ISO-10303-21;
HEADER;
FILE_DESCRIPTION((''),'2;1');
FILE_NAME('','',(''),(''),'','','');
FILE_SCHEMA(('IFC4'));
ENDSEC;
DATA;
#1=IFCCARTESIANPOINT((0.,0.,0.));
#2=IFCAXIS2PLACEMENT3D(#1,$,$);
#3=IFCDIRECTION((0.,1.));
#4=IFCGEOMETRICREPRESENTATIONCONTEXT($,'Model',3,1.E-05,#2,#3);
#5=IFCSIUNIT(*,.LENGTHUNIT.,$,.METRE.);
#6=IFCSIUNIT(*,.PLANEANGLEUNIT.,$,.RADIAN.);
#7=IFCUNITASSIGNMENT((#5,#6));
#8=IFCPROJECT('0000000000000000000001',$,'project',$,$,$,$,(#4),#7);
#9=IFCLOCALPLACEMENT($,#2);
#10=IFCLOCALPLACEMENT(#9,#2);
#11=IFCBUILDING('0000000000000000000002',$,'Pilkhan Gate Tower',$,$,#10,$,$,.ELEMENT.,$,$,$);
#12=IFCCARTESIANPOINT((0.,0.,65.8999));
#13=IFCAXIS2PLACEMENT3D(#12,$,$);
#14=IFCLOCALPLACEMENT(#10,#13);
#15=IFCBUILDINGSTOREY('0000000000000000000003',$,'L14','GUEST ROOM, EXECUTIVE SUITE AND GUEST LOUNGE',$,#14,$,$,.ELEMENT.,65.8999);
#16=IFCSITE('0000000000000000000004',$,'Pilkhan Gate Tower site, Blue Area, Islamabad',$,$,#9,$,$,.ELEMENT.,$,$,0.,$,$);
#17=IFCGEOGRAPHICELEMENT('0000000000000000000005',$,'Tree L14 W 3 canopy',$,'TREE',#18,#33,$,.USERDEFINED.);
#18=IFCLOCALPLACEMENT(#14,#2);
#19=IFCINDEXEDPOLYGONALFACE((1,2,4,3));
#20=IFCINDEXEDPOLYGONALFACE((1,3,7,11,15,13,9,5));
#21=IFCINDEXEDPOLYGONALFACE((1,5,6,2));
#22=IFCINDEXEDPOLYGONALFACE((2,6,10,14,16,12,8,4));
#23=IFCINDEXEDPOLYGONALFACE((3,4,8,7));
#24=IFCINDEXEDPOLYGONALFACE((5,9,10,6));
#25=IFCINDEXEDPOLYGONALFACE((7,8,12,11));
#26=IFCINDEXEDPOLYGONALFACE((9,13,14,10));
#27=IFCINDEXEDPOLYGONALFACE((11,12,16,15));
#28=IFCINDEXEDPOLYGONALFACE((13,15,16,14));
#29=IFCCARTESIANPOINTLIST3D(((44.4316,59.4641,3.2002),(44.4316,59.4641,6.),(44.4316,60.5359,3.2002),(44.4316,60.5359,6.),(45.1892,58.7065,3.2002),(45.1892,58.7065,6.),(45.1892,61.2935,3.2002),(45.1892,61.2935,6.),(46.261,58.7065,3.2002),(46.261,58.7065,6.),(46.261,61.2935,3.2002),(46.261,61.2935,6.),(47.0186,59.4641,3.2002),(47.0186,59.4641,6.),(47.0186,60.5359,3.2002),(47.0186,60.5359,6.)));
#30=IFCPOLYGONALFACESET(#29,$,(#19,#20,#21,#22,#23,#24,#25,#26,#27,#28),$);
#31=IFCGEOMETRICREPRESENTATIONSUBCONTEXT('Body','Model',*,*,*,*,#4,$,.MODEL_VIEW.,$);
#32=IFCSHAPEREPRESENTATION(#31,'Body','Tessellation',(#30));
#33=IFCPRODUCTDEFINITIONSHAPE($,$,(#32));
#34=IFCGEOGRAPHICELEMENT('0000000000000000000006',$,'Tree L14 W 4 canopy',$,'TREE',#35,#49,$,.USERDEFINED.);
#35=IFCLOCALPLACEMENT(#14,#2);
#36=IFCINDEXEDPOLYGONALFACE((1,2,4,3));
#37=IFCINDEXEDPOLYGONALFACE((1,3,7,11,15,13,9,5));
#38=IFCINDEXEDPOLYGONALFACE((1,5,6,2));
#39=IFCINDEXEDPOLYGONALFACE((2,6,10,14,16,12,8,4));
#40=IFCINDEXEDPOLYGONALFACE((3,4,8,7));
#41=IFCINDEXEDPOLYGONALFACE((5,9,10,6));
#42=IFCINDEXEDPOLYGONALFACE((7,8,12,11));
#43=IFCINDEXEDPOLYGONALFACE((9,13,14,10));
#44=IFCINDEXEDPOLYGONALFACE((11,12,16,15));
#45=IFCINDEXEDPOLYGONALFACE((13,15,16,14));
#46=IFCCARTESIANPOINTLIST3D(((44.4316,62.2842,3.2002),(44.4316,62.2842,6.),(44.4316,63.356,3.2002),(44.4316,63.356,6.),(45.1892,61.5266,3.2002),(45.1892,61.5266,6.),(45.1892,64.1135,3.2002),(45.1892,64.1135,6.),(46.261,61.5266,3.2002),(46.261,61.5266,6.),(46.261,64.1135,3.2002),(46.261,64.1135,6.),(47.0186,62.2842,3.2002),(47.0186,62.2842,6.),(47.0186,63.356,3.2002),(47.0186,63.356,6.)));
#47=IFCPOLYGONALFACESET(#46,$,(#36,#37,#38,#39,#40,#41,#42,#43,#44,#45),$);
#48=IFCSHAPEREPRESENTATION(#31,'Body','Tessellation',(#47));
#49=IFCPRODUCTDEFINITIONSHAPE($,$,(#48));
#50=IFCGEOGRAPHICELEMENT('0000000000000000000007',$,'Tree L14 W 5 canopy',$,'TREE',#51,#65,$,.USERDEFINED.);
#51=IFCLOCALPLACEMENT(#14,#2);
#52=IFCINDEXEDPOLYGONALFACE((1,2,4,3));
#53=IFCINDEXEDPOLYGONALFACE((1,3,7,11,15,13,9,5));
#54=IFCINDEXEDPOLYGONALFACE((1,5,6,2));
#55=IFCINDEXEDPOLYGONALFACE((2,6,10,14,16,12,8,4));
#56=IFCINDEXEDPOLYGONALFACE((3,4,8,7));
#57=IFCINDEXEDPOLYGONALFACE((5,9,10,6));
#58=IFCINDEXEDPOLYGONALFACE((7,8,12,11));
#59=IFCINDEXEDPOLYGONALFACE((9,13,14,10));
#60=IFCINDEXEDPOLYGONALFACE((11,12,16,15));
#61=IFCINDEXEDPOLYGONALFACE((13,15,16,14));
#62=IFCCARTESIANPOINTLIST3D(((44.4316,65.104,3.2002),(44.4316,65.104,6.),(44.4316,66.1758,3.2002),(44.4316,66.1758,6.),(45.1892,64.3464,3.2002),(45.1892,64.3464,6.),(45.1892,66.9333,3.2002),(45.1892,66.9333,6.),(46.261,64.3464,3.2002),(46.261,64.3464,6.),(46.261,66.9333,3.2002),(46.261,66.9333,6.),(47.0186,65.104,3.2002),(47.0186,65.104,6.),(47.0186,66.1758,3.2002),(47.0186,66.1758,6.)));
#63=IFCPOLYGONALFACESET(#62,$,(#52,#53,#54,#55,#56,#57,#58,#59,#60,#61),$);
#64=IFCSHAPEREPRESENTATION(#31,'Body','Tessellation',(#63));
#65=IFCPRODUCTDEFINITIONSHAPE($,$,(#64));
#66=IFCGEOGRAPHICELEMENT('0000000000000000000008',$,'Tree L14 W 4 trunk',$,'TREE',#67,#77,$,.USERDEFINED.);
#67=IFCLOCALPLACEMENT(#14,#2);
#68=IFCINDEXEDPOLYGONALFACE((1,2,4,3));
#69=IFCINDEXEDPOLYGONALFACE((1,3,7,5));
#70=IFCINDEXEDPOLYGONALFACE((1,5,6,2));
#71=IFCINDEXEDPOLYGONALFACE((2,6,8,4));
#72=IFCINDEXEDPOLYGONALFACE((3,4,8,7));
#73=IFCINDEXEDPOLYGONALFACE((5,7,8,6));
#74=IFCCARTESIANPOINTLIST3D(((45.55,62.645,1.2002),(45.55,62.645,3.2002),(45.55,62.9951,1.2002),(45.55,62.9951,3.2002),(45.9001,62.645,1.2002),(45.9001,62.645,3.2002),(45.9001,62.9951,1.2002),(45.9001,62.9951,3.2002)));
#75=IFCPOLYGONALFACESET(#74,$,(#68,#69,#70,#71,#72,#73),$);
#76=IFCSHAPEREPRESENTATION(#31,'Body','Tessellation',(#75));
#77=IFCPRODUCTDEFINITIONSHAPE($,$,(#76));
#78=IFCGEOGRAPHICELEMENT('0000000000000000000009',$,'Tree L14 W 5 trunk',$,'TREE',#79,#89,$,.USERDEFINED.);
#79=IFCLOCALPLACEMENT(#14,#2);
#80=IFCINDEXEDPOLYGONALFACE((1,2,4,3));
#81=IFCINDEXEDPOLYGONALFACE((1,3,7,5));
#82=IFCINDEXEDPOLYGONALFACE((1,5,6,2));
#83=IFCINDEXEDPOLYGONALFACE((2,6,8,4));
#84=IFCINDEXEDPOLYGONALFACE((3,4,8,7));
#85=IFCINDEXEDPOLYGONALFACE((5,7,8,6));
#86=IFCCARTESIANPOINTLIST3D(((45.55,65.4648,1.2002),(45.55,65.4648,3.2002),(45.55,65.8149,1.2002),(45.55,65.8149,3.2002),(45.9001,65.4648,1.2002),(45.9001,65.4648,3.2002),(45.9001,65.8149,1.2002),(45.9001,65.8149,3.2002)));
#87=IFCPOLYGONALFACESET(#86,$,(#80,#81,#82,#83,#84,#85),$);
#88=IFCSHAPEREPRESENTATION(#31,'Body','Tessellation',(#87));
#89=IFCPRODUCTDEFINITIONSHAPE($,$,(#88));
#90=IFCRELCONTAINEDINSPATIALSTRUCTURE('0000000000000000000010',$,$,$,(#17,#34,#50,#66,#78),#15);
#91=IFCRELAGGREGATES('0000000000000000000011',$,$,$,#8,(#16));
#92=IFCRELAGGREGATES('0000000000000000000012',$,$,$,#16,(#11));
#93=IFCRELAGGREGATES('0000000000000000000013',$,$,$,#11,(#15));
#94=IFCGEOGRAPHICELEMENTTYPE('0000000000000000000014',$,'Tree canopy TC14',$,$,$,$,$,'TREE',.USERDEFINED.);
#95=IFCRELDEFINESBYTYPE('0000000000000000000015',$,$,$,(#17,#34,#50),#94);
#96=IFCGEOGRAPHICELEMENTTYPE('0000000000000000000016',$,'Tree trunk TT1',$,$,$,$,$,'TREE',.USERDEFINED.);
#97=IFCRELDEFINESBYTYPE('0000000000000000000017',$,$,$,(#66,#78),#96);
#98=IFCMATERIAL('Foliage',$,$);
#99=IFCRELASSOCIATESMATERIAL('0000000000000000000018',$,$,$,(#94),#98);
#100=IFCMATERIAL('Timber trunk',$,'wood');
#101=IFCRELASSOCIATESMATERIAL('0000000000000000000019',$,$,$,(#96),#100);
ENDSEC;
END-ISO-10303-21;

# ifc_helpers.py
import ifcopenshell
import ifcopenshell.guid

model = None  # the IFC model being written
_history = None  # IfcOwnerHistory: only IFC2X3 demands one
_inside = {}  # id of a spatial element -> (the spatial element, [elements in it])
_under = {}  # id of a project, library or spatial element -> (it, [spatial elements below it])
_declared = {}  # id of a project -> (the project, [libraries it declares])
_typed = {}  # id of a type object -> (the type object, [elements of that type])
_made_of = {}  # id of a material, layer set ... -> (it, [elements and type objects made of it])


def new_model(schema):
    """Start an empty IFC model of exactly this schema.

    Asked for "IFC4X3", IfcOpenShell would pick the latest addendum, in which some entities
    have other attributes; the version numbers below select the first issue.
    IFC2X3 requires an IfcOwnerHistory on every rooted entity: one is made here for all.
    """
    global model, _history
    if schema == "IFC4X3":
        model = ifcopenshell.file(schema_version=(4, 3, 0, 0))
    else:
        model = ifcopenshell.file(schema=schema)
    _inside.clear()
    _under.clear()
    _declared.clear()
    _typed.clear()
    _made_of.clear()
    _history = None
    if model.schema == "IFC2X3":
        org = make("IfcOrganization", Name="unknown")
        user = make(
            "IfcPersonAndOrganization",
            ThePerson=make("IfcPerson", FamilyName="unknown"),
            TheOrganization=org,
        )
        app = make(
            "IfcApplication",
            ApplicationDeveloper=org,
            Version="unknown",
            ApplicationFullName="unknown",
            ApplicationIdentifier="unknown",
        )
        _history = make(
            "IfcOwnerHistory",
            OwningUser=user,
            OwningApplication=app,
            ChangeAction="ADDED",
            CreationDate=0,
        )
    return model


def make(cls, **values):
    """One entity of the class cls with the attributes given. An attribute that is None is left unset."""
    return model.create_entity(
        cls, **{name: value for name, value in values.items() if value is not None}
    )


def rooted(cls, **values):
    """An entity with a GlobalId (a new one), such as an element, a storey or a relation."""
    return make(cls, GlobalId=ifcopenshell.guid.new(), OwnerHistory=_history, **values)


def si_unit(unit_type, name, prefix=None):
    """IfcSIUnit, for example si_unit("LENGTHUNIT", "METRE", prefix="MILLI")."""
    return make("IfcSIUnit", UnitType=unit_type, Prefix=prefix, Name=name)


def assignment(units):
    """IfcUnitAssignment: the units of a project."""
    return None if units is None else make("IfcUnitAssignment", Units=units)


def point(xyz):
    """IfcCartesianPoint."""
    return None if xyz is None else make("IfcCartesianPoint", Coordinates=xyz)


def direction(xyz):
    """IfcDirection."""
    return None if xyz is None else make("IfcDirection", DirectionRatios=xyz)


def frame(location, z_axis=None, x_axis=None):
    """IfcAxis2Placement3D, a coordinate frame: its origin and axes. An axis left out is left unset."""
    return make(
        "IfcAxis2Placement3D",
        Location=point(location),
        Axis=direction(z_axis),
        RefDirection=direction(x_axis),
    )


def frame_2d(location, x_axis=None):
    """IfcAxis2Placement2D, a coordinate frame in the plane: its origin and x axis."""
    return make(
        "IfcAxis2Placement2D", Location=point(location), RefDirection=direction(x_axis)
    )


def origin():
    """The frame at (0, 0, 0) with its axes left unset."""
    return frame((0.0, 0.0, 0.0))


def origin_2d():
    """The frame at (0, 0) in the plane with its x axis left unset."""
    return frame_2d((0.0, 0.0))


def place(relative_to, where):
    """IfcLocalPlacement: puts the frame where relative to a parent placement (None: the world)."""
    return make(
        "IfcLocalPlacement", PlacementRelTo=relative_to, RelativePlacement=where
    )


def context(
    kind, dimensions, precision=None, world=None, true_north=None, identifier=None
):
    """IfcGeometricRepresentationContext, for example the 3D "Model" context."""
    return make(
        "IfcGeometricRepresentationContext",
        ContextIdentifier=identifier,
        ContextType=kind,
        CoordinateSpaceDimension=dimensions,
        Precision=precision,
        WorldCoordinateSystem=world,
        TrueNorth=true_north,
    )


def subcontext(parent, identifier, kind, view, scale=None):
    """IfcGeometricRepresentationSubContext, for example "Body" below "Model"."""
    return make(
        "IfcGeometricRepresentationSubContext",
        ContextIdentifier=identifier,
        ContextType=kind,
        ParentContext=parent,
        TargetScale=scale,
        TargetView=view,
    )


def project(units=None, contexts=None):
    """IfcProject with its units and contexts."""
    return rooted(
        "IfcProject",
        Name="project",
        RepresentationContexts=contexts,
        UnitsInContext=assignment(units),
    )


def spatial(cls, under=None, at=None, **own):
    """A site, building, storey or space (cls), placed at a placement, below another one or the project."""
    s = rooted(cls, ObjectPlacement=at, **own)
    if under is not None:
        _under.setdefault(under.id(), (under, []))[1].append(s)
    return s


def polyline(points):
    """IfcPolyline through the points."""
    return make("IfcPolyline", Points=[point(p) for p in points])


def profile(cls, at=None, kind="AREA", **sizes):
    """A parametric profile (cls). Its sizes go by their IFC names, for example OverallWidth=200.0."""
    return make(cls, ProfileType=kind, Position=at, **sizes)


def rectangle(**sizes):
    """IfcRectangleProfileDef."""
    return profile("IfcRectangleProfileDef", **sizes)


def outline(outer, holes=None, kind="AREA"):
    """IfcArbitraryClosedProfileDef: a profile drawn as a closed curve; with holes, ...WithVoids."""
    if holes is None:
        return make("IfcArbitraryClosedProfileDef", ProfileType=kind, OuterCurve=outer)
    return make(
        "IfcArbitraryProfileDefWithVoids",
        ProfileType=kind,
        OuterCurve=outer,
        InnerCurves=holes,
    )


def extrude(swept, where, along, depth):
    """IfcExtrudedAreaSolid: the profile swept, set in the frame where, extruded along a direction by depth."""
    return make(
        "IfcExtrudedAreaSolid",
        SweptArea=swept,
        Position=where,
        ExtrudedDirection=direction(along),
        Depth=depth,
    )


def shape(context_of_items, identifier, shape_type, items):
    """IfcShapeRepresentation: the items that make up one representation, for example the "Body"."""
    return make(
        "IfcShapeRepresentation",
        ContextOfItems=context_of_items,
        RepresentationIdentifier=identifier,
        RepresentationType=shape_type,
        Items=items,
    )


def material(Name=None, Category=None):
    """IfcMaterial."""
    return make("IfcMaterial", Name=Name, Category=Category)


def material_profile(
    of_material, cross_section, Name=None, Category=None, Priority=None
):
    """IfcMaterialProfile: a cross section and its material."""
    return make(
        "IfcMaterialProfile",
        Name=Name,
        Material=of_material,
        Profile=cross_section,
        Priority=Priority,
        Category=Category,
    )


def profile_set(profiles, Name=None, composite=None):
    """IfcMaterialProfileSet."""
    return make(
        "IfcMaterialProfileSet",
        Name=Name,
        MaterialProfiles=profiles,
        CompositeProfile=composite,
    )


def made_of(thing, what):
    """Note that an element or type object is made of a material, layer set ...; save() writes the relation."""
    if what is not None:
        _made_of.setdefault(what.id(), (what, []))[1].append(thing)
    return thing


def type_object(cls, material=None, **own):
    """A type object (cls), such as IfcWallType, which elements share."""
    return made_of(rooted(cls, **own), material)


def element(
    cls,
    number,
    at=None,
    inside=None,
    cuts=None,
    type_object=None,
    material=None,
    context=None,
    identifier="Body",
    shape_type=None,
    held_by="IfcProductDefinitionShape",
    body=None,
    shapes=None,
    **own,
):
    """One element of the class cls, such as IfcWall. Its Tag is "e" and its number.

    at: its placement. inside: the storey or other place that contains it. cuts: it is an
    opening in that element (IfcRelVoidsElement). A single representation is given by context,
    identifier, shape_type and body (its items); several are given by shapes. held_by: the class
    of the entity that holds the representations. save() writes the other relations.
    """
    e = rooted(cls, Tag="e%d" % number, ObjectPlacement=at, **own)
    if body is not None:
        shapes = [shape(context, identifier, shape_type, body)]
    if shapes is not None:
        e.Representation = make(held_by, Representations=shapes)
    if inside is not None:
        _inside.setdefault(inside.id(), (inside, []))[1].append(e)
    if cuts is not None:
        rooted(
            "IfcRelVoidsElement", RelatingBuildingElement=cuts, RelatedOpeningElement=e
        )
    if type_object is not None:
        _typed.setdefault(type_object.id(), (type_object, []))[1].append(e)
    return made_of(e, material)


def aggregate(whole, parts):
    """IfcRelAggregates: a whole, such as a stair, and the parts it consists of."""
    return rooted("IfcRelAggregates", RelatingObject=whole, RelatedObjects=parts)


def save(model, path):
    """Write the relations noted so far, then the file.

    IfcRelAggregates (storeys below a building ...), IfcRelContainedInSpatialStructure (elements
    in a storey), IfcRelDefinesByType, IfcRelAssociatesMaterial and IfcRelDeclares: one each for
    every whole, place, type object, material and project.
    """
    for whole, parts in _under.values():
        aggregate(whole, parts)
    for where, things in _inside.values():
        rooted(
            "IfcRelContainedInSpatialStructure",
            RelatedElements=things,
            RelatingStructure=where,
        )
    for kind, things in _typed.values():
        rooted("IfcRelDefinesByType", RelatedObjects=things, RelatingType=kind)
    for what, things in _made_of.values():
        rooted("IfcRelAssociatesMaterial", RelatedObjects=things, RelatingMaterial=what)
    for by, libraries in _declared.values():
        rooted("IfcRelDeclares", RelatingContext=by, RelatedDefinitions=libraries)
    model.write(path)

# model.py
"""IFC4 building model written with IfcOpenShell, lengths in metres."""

from ifc_helpers import new_model, si_unit, direction, frame, origin, origin_2d, place, context, subcontext, project, spatial, polyline, rectangle, outline, extrude, material, material_profile, profile_set, type_object, element, save


model = new_model("IFC4")

# Units and contexts
model_context = context("Model", 3, precision=1e-05, world=origin(), true_north=direction((0.0, 1.0)))
body_context = subcontext(model_context, "Body", "Model", "MODEL_VIEW")
ifc_project = project(units=[si_unit("LENGTHUNIT", "METRE"), si_unit("PLANEANGLEUNIT", "RADIAN")], contexts=[model_context])

# Site, building, storey
site_placement = place(None, origin())
site = spatial("IfcSite", under=ifc_project, at=site_placement, Name="Pilkhan Gate Tower site, Blue Area, Islamabad", CompositionType="ELEMENT", RefElevation=0.0)
building_placement = place(site_placement, origin())
building = spatial("IfcBuilding", under=site, at=building_placement, Name="Pilkhan Gate Tower", CompositionType="ELEMENT")
storey_placement = place(building_placement, frame((0.0, 0.0, 65.8999)))
storey = spatial("IfcBuildingStorey", under=building, at=storey_placement, Name="L14", Description="GUEST ROOM, EXECUTIVE SUITE AND GUEST LOUNGE", CompositionType="ELEMENT", Elevation=65.8999)

# Geographic elements
ifc_material_1 = material(Name="Foliage")
ifc_material_profile_1 = material_profile(ifc_material_1, outline(polyline([(1.2935, 0.5359), (0.5359, 1.2935), (-0.5359, 1.2935), (-1.2935, 0.5359), (-1.2935, -0.5359), (-0.5359, -1.2935), (0.5359, -1.2935), (1.2935, -0.5359), (1.2935, 0.5359)])), Name="Canopy D2.8")
ifc_profile_set_1 = profile_set([ifc_material_profile_1], Name="Foliage")
geographic_element_type_1 = type_object("IfcGeographicElementType", Name="Tree canopy TC14", ElementType="TREE", PredefinedType="USERDEFINED", material=ifc_profile_set_1)
for number, where, z_axis, x_axis, name in (
    (1, (45.7251, 60.0, 3.2002), (0.0, 0.0, 1.0), (1.0, 0.0, 0.0), "Tree L14 W 3 canopy"),
    (2, (45.7251, 62.8201, 3.2002), (0.0, 0.0, 1.0), (1.0, 0.0, 0.0), "Tree L14 W 4 canopy"),
    (3, (45.7251, 65.6399, 3.2002), (0.0, 0.0, 1.0), (1.0, 0.0, 0.0), "Tree L14 W 5 canopy"),
):
    element("IfcGeographicElement", number, at=place(storey_placement, frame(where, z_axis=z_axis, x_axis=x_axis)), inside=storey, type_object=geographic_element_type_1, Name=name, ObjectType="TREE", PredefinedType="USERDEFINED", context=body_context, shape_type="SweptSolid", body=[
        extrude(outline(polyline([(1.2935, 0.5359), (0.5359, 1.2935), (-0.5359, 1.2935), (-1.2935, 0.5359), (-1.2935, -0.5359), (-0.5359, -1.2935), (0.5359, -1.2935), (1.2935, -0.5359), (1.2935, 0.5359)])), origin(), (0.0, 0.0, 1.0), 2.7998),
    ])
ifc_material_2 = material(Name="Timber trunk", Category="wood")
geographic_element_type_2 = type_object("IfcGeographicElementType", Name="Tree trunk TT1", ElementType="TREE", PredefinedType="USERDEFINED", material=ifc_material_2)
for number, where, z_axis, x_axis, name in (
    (4, (45.7251, 62.8201, 1.2002), (0.0, 0.0, 1.0), (1.0, 0.0, 0.0), "Tree L14 W 4 trunk"),
    (5, (45.7251, 65.6399, 1.2002), (0.0, 0.0, 1.0), (1.0, 0.0, 0.0), "Tree L14 W 5 trunk"),
):
    element("IfcGeographicElement", number, at=place(storey_placement, frame(where, z_axis=z_axis, x_axis=x_axis)), inside=storey, type_object=geographic_element_type_2, Name=name, ObjectType="TREE", PredefinedType="USERDEFINED", context=body_context, shape_type="SweptSolid", body=[
        extrude(rectangle(XDim=0.3501, YDim=0.3501, at=origin_2d()), origin(), (0.0, 0.0, 1.0), 2.0),
    ])

save(model, "model.ifc")
